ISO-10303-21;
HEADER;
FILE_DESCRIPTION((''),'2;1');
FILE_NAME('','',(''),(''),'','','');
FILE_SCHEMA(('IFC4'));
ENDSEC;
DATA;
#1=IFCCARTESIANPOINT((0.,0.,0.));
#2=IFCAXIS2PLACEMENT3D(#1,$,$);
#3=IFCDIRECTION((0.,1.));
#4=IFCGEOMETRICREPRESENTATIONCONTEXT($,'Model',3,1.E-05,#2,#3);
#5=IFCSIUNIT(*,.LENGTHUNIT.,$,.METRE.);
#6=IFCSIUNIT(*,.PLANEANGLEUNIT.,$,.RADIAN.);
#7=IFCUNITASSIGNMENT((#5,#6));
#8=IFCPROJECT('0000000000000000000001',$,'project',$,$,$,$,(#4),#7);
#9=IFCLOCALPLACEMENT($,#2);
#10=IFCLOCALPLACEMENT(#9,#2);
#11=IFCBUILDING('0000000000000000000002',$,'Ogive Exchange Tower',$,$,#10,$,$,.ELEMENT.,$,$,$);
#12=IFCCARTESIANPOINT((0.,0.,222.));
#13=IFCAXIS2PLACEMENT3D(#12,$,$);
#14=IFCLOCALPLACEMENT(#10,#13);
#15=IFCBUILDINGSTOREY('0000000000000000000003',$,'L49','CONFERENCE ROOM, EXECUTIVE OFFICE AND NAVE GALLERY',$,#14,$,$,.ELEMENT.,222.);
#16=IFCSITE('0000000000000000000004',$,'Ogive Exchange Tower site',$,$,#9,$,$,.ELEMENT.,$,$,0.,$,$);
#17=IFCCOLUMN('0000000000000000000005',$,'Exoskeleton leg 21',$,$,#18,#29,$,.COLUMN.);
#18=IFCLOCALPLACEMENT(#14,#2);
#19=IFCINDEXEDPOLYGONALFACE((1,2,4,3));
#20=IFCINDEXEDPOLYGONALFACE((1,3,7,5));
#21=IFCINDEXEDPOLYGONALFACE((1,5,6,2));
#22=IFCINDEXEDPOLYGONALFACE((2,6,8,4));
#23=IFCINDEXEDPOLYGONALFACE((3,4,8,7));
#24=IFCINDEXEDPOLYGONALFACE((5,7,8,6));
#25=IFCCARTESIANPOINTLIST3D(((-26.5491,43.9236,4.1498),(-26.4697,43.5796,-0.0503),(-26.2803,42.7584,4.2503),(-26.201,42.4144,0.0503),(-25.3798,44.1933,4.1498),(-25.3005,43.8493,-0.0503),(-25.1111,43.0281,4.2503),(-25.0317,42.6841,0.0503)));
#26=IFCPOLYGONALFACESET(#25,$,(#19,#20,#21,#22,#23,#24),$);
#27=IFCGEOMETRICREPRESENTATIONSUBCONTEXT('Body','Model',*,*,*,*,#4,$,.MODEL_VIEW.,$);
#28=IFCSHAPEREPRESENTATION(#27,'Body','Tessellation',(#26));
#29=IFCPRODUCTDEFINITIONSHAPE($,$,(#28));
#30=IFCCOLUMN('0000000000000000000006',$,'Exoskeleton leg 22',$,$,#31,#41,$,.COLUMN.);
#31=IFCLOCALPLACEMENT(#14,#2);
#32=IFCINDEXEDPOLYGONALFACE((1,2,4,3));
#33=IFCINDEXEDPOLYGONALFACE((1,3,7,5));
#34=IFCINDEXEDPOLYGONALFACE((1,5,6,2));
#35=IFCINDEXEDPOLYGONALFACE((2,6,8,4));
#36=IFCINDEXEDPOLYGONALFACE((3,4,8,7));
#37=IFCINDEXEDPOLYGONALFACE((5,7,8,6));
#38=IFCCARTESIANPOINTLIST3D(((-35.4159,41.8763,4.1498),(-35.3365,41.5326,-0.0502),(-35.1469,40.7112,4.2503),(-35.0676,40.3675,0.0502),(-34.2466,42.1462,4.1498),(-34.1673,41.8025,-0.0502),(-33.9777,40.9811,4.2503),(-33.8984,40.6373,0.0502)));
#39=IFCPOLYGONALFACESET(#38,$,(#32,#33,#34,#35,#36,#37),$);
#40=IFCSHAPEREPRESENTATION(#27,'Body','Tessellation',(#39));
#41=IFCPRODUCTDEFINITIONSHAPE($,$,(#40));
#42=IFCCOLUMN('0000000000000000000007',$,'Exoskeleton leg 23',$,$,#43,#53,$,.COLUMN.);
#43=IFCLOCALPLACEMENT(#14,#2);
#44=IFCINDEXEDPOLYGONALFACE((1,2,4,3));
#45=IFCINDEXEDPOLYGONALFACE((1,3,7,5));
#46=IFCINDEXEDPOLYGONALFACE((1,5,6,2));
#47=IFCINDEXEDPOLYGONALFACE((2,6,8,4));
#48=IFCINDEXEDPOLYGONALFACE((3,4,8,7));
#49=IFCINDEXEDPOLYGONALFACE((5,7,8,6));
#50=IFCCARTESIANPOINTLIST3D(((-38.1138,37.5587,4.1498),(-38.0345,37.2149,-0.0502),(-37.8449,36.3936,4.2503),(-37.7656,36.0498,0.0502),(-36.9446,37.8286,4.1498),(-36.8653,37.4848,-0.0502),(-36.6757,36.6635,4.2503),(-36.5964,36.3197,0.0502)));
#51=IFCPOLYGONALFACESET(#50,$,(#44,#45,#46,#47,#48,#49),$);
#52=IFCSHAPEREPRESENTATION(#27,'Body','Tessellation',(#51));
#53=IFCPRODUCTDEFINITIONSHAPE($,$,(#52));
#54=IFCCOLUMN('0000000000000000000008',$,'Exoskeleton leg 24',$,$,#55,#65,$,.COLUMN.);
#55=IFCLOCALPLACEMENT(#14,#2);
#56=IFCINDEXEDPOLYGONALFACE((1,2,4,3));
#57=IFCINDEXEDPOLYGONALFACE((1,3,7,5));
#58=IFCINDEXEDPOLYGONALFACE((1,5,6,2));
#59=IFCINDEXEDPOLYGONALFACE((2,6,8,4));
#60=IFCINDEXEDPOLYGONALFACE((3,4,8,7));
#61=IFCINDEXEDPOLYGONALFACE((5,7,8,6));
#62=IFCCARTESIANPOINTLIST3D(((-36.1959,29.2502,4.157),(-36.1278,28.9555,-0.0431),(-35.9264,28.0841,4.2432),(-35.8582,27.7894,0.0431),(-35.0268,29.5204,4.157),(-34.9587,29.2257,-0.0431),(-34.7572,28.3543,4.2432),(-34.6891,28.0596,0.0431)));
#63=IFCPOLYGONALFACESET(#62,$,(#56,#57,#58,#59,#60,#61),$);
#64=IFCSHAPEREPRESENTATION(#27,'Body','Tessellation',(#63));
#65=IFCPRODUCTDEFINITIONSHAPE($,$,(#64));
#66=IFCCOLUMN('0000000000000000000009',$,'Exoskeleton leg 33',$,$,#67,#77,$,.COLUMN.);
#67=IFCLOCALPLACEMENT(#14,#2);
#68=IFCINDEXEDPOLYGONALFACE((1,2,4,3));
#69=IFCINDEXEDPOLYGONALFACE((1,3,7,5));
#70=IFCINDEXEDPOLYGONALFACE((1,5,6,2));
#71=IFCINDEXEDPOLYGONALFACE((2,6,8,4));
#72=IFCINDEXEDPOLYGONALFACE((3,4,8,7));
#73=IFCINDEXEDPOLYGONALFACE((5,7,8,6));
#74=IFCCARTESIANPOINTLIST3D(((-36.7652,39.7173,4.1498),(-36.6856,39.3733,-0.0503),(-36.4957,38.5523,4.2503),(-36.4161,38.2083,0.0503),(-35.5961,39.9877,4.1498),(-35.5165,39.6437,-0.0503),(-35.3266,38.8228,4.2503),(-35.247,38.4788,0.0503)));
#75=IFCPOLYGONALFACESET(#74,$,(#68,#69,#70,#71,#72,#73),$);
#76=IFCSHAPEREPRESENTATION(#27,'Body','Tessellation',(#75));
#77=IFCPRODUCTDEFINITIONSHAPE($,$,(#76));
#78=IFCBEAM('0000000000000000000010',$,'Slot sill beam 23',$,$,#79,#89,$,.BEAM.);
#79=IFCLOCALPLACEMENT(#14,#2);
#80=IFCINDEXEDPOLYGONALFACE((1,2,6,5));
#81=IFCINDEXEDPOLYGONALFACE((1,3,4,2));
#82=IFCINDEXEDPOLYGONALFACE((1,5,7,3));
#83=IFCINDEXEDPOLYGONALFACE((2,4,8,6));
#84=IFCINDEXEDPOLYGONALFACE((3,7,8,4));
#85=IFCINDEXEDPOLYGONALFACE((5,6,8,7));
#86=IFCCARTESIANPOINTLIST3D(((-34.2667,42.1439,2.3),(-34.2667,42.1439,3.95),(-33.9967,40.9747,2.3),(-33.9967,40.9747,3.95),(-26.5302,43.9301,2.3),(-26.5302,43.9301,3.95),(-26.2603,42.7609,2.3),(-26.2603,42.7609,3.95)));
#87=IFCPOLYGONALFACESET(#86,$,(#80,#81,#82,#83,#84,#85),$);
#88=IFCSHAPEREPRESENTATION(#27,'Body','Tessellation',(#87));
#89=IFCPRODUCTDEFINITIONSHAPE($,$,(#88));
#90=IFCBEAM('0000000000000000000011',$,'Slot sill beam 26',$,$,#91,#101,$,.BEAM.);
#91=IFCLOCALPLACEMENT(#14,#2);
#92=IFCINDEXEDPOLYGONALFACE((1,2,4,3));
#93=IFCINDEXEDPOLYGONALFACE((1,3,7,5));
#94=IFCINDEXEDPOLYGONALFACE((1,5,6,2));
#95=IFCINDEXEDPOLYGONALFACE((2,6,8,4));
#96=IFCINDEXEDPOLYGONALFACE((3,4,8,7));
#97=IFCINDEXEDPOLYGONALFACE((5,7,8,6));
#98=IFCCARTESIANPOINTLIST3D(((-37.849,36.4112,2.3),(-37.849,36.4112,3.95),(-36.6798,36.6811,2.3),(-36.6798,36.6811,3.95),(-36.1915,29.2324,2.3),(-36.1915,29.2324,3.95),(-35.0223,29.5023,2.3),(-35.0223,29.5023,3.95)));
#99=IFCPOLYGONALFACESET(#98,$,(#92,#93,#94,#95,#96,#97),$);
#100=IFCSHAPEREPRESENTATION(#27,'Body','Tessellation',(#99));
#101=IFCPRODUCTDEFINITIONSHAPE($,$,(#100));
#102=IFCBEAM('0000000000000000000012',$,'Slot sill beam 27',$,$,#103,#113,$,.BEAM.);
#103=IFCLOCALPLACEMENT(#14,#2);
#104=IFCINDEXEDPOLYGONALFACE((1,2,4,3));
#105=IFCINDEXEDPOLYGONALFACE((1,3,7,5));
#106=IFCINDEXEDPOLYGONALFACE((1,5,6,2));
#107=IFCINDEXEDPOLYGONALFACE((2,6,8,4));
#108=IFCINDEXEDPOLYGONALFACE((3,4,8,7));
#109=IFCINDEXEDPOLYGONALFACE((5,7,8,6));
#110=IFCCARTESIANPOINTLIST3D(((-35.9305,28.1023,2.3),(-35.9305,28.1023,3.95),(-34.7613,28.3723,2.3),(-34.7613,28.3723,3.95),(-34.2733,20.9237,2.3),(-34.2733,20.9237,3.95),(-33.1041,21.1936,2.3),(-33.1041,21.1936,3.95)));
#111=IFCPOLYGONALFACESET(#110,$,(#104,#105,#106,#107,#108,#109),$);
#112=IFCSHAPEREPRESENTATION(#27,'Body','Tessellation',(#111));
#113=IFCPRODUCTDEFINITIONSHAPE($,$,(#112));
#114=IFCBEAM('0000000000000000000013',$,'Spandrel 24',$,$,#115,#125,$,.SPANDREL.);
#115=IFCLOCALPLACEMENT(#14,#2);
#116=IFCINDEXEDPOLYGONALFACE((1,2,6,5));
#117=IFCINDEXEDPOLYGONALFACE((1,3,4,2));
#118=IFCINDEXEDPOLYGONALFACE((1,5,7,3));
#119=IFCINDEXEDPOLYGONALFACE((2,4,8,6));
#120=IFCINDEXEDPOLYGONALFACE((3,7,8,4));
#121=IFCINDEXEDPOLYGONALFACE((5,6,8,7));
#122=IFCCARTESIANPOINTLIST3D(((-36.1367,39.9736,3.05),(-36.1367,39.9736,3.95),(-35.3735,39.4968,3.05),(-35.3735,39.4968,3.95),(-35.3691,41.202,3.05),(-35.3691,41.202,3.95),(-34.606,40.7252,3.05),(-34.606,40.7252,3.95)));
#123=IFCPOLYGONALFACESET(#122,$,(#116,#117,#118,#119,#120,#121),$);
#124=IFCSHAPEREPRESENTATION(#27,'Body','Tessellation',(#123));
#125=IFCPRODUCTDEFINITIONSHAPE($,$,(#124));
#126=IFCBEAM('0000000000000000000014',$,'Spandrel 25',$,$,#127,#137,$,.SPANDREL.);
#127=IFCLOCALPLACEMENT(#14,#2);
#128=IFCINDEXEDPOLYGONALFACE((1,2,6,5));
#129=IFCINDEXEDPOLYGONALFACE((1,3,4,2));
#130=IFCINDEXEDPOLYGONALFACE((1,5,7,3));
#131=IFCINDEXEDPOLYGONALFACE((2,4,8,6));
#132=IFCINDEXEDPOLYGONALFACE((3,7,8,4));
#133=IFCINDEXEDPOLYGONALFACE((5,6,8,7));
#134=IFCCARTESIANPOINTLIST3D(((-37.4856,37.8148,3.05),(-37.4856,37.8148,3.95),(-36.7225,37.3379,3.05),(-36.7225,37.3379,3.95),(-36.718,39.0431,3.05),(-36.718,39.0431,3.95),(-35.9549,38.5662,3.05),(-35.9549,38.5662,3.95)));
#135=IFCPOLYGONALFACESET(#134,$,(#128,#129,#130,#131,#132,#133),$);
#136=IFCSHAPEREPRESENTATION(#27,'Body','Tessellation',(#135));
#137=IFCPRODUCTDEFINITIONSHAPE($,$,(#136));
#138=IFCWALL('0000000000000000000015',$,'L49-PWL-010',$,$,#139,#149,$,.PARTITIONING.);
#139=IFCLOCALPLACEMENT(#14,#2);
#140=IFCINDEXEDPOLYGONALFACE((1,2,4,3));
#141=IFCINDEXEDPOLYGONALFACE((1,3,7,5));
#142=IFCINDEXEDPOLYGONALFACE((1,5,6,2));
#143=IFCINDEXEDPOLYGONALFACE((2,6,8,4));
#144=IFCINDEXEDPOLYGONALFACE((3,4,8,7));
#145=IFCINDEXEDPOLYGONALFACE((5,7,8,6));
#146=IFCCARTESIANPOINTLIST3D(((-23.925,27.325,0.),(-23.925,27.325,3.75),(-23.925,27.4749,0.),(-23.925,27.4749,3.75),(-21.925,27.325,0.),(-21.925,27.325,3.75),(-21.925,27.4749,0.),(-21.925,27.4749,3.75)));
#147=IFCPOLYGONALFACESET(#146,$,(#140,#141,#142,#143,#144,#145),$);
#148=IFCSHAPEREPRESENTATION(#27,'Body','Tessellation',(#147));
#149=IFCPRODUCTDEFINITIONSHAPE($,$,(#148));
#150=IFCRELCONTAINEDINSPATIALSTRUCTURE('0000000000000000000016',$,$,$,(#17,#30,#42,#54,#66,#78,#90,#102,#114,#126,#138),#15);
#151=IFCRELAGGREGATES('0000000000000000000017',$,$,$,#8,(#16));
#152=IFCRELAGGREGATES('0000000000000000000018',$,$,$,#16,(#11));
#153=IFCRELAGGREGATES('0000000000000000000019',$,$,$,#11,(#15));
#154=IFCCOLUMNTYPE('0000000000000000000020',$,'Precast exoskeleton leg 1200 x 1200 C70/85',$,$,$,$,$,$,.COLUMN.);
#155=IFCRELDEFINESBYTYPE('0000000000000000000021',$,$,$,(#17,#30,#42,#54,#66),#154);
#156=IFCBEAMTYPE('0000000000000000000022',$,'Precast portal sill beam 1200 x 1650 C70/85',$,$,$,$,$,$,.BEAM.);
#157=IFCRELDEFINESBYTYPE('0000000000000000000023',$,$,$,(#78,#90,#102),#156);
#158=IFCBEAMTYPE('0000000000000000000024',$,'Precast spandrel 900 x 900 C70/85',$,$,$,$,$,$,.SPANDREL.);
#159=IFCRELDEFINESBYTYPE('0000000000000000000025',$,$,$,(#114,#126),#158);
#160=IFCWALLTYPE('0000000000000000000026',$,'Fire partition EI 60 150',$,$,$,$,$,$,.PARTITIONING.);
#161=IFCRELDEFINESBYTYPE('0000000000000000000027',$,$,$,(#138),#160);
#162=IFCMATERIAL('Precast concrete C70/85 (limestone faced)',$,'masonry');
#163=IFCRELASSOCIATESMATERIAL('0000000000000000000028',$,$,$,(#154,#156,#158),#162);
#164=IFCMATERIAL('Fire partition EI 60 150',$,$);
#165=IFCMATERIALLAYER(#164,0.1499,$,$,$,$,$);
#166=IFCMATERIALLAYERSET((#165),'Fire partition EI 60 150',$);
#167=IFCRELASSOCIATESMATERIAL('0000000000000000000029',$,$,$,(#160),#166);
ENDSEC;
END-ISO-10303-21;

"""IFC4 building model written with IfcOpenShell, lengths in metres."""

from ifc_helpers import new_model, si_unit, direction, frame, frame_2d, origin, origin_2d, place, context, subcontext, project, spatial, rectangle, extrude, material, layer, layer_set, material_profile, profile_set, type_object, element, save


model = new_model("IFC4")

# Units and contexts
model_context = context("Model", 3, precision=1e-05, world=origin(), true_north=direction((0.0, 1.0)))
body_context = subcontext(model_context, "Body", "Model", "MODEL_VIEW")
ifc_project = project(units=[si_unit("LENGTHUNIT", "METRE"), si_unit("PLANEANGLEUNIT", "RADIAN")], contexts=[model_context])

# Site, building, storey
site_placement = place(None, origin())
site = spatial("IfcSite", under=ifc_project, at=site_placement, Name="Ogive Exchange Tower site", CompositionType="ELEMENT", RefElevation=0.0)
building_placement = place(site_placement, origin())
building = spatial("IfcBuilding", under=site, at=building_placement, Name="Ogive Exchange Tower", CompositionType="ELEMENT")
storey_placement = place(building_placement, frame((0.0, 0.0, 222.0)))
storey = spatial("IfcBuildingStorey", under=building, at=storey_placement, Name="L49", Description="CONFERENCE ROOM, EXECUTIVE OFFICE AND NAVE GALLERY", CompositionType="ELEMENT", Elevation=222.0)

# Columns
ifc_material_1 = material(Name="Precast concrete C70/85 (limestone faced)", Category="masonry")
ifc_material_profile_1 = material_profile(ifc_material_1, rectangle(XDim=1.2, YDim=1.2, at=origin_2d()), Name="1200 x 1200")
ifc_profile_set_1 = profile_set([ifc_material_profile_1], Name="Precast concrete C70/85 (limestone faced)")
column_type = type_object("IfcColumnType", Name="Precast exoskeleton leg 1200 x 1200 C70/85", PredefinedType="COLUMN", material=ifc_profile_set_1)
for number, where, z_axis, x_axis, name in (
    (1, (-25.7507, 43.1318, 0.0), (-0.018826, 0.081617, 0.996486), (-0.974415, -0.224758, 0.0), "Exoskeleton leg 21"),
    (2, (-34.6174, 41.085, 0.0), (-0.018826, 0.081559, 0.996491), (-0.97438, -0.22491, 0.0), "Exoskeleton leg 22"),
    (3, (-37.3154, 36.7673, 0.0), (-0.018826, 0.081559, 0.996491), (-0.97438, -0.22491, 0.0), "Exoskeleton leg 23"),
):
    element("IfcColumn", number, at=place(storey_placement, frame(where, z_axis=z_axis, x_axis=x_axis)), inside=storey, type_object=column_type, Name=name, PredefinedType="COLUMN", context=body_context, shape_type="SweptSolid", body=[
        extrude(rectangle(XDim=1.2, YDim=1.2, at=origin_2d()), origin(), (0.0, 0.0, 1.0), 4.2148),
    ])
column_1_placement = place(storey_placement, frame((-35.4084, 28.5076, 0.0), z_axis=(-0.016176, 0.069981, 0.997417), x_axis=(-0.97431, -0.225213, 0.0)))
element("IfcColumn", 4, at=column_1_placement, inside=storey, type_object=column_type, Name="Exoskeleton leg 24", PredefinedType="COLUMN", context=body_context, shape_type="SweptSolid", body=[
    extrude(rectangle(XDim=1.2, YDim=1.2, at=origin_2d()), origin(), (0.0, 0.0, 1.0), 4.2109),
])
column_2_placement = place(storey_placement, frame((-35.9663, 38.926, 0.0), z_axis=(-0.018884, 0.081616, 0.996485), x_axis=(-0.974263, -0.225415, 0.0)))
element("IfcColumn", 5, at=column_2_placement, inside=storey, type_object=column_type, Name="Exoskeleton leg 33", PredefinedType="COLUMN", context=body_context, shape_type="SweptSolid", body=[
    extrude(rectangle(XDim=1.2, YDim=1.2, at=origin_2d()), origin(), (0.0, 0.0, 1.0), 4.2148),
])

# Beams
ifc_material_profile_2 = material_profile(ifc_material_1, rectangle(XDim=1.2, YDim=1.6499, at=origin_2d()), Name="1200 x 1650")
ifc_profile_set_2 = profile_set([ifc_material_profile_2], Name="Precast concrete C70/85 (limestone faced)")
beam_type_1 = type_object("IfcBeamType", Name="Precast portal sill beam 1200 x 1650 C70/85", PredefinedType="BEAM", material=ifc_profile_set_2)
beam_1_placement = place(storey_placement, frame((-26.3953, 43.3455, 3.125), z_axis=(-0.974368, -0.224958, 0.0), x_axis=(0.224958, -0.974368, 0.0)))
element("IfcBeam", 6, at=beam_1_placement, inside=storey, type_object=beam_type_1, Name="Slot sill beam 23", PredefinedType="BEAM", context=body_context, shape_type="SweptSolid", body=[
    extrude(rectangle(XDim=1.2, YDim=1.6499, at=origin_2d()), origin(), (0.0, 0.0, 1.0), 7.9399),
])
beam_2_placement = place(storey_placement, frame((-37.2644, 36.5461, 3.125), z_axis=(0.224968, -0.974366, 0.0), x_axis=(0.974366, 0.224968, 0.0)))
element("IfcBeam", 7, at=beam_2_placement, inside=storey, type_object=beam_type_1, Name="Slot sill beam 26", PredefinedType="BEAM", context=body_context, shape_type="SweptSolid", body=[
    extrude(rectangle(XDim=1.2, YDim=1.6499, at=origin_2d()), origin(), (0.0, 0.0, 1.0), 7.3677),
])
beam_3_placement = place(storey_placement, frame((-35.3459, 28.2373, 3.125), z_axis=(0.224937, -0.974373, 0.0), x_axis=(0.974373, 0.224937, 0.0)))
element("IfcBeam", 8, at=beam_3_placement, inside=storey, type_object=beam_type_1, Name="Slot sill beam 27", PredefinedType="BEAM", context=body_context, shape_type="SweptSolid", body=[
    extrude(rectangle(XDim=1.2, YDim=1.6499, at=origin_2d()), origin(), (0.0, 0.0, 1.0), 7.3674),
])
ifc_material_profile_3 = material_profile(ifc_material_1, rectangle(XDim=0.8999, YDim=0.8999, at=origin_2d()), Name="900 x 900")
ifc_profile_set_3 = profile_set([ifc_material_profile_3], Name="Precast concrete C70/85 (limestone faced)")
beam_type_2 = type_object("IfcBeamType", Name="Precast spandrel 900 x 900 C70/85", PredefinedType="SPANDREL", material=ifc_profile_set_3)
for number, where, z_axis, x_axis, name in (
    (9, (-34.9875, 40.9636, 3.5), (-0.529878, -0.848074, 0.0), (0.848074, -0.529878, 0.0), "Spandrel 24"),
    (10, (-36.3364, 38.8047, 3.5), (-0.529953, -0.848027, 0.0), (0.848027, -0.529953, 0.0), "Spandrel 25"),
):
    element("IfcBeam", number, at=place(storey_placement, frame(where, z_axis=z_axis, x_axis=x_axis)), inside=storey, type_object=beam_type_2, Name=name, PredefinedType="SPANDREL", context=body_context, shape_type="SweptSolid", body=[
        extrude(rectangle(XDim=0.8999, YDim=0.8999, at=origin_2d()), origin(), (0.0, 0.0, 1.0), 1.4485),
    ])

# Wall
ifc_material_2 = material(Name="Fire partition EI 60 150")
ifc_layer_1 = layer(ifc_material_2, 0.1499)
ifc_layer_set_1 = layer_set([ifc_layer_1], Name="Fire partition EI 60 150")
wall_type_1 = type_object("IfcWallType", Name="Fire partition EI 60 150", PredefinedType="PARTITIONING", material=ifc_layer_set_1)
wall_1_placement = place(storey_placement, frame((-23.925, 27.3999, 0.0), z_axis=(0.0, 0.0, 1.0), x_axis=(1.0, 0.0, 0.0)))
element("IfcWall", 11, at=wall_1_placement, inside=storey, type_object=wall_type_1, Name="L49-PWL-010", PredefinedType="PARTITIONING", context=body_context, shape_type="SweptSolid", body=[
    extrude(rectangle(XDim=2.0, YDim=0.1499, at=frame_2d((1.0, 0.0))), origin(), (0.0, 0.0, 1.0), 3.75),
])

save(model, "model.ifc")
